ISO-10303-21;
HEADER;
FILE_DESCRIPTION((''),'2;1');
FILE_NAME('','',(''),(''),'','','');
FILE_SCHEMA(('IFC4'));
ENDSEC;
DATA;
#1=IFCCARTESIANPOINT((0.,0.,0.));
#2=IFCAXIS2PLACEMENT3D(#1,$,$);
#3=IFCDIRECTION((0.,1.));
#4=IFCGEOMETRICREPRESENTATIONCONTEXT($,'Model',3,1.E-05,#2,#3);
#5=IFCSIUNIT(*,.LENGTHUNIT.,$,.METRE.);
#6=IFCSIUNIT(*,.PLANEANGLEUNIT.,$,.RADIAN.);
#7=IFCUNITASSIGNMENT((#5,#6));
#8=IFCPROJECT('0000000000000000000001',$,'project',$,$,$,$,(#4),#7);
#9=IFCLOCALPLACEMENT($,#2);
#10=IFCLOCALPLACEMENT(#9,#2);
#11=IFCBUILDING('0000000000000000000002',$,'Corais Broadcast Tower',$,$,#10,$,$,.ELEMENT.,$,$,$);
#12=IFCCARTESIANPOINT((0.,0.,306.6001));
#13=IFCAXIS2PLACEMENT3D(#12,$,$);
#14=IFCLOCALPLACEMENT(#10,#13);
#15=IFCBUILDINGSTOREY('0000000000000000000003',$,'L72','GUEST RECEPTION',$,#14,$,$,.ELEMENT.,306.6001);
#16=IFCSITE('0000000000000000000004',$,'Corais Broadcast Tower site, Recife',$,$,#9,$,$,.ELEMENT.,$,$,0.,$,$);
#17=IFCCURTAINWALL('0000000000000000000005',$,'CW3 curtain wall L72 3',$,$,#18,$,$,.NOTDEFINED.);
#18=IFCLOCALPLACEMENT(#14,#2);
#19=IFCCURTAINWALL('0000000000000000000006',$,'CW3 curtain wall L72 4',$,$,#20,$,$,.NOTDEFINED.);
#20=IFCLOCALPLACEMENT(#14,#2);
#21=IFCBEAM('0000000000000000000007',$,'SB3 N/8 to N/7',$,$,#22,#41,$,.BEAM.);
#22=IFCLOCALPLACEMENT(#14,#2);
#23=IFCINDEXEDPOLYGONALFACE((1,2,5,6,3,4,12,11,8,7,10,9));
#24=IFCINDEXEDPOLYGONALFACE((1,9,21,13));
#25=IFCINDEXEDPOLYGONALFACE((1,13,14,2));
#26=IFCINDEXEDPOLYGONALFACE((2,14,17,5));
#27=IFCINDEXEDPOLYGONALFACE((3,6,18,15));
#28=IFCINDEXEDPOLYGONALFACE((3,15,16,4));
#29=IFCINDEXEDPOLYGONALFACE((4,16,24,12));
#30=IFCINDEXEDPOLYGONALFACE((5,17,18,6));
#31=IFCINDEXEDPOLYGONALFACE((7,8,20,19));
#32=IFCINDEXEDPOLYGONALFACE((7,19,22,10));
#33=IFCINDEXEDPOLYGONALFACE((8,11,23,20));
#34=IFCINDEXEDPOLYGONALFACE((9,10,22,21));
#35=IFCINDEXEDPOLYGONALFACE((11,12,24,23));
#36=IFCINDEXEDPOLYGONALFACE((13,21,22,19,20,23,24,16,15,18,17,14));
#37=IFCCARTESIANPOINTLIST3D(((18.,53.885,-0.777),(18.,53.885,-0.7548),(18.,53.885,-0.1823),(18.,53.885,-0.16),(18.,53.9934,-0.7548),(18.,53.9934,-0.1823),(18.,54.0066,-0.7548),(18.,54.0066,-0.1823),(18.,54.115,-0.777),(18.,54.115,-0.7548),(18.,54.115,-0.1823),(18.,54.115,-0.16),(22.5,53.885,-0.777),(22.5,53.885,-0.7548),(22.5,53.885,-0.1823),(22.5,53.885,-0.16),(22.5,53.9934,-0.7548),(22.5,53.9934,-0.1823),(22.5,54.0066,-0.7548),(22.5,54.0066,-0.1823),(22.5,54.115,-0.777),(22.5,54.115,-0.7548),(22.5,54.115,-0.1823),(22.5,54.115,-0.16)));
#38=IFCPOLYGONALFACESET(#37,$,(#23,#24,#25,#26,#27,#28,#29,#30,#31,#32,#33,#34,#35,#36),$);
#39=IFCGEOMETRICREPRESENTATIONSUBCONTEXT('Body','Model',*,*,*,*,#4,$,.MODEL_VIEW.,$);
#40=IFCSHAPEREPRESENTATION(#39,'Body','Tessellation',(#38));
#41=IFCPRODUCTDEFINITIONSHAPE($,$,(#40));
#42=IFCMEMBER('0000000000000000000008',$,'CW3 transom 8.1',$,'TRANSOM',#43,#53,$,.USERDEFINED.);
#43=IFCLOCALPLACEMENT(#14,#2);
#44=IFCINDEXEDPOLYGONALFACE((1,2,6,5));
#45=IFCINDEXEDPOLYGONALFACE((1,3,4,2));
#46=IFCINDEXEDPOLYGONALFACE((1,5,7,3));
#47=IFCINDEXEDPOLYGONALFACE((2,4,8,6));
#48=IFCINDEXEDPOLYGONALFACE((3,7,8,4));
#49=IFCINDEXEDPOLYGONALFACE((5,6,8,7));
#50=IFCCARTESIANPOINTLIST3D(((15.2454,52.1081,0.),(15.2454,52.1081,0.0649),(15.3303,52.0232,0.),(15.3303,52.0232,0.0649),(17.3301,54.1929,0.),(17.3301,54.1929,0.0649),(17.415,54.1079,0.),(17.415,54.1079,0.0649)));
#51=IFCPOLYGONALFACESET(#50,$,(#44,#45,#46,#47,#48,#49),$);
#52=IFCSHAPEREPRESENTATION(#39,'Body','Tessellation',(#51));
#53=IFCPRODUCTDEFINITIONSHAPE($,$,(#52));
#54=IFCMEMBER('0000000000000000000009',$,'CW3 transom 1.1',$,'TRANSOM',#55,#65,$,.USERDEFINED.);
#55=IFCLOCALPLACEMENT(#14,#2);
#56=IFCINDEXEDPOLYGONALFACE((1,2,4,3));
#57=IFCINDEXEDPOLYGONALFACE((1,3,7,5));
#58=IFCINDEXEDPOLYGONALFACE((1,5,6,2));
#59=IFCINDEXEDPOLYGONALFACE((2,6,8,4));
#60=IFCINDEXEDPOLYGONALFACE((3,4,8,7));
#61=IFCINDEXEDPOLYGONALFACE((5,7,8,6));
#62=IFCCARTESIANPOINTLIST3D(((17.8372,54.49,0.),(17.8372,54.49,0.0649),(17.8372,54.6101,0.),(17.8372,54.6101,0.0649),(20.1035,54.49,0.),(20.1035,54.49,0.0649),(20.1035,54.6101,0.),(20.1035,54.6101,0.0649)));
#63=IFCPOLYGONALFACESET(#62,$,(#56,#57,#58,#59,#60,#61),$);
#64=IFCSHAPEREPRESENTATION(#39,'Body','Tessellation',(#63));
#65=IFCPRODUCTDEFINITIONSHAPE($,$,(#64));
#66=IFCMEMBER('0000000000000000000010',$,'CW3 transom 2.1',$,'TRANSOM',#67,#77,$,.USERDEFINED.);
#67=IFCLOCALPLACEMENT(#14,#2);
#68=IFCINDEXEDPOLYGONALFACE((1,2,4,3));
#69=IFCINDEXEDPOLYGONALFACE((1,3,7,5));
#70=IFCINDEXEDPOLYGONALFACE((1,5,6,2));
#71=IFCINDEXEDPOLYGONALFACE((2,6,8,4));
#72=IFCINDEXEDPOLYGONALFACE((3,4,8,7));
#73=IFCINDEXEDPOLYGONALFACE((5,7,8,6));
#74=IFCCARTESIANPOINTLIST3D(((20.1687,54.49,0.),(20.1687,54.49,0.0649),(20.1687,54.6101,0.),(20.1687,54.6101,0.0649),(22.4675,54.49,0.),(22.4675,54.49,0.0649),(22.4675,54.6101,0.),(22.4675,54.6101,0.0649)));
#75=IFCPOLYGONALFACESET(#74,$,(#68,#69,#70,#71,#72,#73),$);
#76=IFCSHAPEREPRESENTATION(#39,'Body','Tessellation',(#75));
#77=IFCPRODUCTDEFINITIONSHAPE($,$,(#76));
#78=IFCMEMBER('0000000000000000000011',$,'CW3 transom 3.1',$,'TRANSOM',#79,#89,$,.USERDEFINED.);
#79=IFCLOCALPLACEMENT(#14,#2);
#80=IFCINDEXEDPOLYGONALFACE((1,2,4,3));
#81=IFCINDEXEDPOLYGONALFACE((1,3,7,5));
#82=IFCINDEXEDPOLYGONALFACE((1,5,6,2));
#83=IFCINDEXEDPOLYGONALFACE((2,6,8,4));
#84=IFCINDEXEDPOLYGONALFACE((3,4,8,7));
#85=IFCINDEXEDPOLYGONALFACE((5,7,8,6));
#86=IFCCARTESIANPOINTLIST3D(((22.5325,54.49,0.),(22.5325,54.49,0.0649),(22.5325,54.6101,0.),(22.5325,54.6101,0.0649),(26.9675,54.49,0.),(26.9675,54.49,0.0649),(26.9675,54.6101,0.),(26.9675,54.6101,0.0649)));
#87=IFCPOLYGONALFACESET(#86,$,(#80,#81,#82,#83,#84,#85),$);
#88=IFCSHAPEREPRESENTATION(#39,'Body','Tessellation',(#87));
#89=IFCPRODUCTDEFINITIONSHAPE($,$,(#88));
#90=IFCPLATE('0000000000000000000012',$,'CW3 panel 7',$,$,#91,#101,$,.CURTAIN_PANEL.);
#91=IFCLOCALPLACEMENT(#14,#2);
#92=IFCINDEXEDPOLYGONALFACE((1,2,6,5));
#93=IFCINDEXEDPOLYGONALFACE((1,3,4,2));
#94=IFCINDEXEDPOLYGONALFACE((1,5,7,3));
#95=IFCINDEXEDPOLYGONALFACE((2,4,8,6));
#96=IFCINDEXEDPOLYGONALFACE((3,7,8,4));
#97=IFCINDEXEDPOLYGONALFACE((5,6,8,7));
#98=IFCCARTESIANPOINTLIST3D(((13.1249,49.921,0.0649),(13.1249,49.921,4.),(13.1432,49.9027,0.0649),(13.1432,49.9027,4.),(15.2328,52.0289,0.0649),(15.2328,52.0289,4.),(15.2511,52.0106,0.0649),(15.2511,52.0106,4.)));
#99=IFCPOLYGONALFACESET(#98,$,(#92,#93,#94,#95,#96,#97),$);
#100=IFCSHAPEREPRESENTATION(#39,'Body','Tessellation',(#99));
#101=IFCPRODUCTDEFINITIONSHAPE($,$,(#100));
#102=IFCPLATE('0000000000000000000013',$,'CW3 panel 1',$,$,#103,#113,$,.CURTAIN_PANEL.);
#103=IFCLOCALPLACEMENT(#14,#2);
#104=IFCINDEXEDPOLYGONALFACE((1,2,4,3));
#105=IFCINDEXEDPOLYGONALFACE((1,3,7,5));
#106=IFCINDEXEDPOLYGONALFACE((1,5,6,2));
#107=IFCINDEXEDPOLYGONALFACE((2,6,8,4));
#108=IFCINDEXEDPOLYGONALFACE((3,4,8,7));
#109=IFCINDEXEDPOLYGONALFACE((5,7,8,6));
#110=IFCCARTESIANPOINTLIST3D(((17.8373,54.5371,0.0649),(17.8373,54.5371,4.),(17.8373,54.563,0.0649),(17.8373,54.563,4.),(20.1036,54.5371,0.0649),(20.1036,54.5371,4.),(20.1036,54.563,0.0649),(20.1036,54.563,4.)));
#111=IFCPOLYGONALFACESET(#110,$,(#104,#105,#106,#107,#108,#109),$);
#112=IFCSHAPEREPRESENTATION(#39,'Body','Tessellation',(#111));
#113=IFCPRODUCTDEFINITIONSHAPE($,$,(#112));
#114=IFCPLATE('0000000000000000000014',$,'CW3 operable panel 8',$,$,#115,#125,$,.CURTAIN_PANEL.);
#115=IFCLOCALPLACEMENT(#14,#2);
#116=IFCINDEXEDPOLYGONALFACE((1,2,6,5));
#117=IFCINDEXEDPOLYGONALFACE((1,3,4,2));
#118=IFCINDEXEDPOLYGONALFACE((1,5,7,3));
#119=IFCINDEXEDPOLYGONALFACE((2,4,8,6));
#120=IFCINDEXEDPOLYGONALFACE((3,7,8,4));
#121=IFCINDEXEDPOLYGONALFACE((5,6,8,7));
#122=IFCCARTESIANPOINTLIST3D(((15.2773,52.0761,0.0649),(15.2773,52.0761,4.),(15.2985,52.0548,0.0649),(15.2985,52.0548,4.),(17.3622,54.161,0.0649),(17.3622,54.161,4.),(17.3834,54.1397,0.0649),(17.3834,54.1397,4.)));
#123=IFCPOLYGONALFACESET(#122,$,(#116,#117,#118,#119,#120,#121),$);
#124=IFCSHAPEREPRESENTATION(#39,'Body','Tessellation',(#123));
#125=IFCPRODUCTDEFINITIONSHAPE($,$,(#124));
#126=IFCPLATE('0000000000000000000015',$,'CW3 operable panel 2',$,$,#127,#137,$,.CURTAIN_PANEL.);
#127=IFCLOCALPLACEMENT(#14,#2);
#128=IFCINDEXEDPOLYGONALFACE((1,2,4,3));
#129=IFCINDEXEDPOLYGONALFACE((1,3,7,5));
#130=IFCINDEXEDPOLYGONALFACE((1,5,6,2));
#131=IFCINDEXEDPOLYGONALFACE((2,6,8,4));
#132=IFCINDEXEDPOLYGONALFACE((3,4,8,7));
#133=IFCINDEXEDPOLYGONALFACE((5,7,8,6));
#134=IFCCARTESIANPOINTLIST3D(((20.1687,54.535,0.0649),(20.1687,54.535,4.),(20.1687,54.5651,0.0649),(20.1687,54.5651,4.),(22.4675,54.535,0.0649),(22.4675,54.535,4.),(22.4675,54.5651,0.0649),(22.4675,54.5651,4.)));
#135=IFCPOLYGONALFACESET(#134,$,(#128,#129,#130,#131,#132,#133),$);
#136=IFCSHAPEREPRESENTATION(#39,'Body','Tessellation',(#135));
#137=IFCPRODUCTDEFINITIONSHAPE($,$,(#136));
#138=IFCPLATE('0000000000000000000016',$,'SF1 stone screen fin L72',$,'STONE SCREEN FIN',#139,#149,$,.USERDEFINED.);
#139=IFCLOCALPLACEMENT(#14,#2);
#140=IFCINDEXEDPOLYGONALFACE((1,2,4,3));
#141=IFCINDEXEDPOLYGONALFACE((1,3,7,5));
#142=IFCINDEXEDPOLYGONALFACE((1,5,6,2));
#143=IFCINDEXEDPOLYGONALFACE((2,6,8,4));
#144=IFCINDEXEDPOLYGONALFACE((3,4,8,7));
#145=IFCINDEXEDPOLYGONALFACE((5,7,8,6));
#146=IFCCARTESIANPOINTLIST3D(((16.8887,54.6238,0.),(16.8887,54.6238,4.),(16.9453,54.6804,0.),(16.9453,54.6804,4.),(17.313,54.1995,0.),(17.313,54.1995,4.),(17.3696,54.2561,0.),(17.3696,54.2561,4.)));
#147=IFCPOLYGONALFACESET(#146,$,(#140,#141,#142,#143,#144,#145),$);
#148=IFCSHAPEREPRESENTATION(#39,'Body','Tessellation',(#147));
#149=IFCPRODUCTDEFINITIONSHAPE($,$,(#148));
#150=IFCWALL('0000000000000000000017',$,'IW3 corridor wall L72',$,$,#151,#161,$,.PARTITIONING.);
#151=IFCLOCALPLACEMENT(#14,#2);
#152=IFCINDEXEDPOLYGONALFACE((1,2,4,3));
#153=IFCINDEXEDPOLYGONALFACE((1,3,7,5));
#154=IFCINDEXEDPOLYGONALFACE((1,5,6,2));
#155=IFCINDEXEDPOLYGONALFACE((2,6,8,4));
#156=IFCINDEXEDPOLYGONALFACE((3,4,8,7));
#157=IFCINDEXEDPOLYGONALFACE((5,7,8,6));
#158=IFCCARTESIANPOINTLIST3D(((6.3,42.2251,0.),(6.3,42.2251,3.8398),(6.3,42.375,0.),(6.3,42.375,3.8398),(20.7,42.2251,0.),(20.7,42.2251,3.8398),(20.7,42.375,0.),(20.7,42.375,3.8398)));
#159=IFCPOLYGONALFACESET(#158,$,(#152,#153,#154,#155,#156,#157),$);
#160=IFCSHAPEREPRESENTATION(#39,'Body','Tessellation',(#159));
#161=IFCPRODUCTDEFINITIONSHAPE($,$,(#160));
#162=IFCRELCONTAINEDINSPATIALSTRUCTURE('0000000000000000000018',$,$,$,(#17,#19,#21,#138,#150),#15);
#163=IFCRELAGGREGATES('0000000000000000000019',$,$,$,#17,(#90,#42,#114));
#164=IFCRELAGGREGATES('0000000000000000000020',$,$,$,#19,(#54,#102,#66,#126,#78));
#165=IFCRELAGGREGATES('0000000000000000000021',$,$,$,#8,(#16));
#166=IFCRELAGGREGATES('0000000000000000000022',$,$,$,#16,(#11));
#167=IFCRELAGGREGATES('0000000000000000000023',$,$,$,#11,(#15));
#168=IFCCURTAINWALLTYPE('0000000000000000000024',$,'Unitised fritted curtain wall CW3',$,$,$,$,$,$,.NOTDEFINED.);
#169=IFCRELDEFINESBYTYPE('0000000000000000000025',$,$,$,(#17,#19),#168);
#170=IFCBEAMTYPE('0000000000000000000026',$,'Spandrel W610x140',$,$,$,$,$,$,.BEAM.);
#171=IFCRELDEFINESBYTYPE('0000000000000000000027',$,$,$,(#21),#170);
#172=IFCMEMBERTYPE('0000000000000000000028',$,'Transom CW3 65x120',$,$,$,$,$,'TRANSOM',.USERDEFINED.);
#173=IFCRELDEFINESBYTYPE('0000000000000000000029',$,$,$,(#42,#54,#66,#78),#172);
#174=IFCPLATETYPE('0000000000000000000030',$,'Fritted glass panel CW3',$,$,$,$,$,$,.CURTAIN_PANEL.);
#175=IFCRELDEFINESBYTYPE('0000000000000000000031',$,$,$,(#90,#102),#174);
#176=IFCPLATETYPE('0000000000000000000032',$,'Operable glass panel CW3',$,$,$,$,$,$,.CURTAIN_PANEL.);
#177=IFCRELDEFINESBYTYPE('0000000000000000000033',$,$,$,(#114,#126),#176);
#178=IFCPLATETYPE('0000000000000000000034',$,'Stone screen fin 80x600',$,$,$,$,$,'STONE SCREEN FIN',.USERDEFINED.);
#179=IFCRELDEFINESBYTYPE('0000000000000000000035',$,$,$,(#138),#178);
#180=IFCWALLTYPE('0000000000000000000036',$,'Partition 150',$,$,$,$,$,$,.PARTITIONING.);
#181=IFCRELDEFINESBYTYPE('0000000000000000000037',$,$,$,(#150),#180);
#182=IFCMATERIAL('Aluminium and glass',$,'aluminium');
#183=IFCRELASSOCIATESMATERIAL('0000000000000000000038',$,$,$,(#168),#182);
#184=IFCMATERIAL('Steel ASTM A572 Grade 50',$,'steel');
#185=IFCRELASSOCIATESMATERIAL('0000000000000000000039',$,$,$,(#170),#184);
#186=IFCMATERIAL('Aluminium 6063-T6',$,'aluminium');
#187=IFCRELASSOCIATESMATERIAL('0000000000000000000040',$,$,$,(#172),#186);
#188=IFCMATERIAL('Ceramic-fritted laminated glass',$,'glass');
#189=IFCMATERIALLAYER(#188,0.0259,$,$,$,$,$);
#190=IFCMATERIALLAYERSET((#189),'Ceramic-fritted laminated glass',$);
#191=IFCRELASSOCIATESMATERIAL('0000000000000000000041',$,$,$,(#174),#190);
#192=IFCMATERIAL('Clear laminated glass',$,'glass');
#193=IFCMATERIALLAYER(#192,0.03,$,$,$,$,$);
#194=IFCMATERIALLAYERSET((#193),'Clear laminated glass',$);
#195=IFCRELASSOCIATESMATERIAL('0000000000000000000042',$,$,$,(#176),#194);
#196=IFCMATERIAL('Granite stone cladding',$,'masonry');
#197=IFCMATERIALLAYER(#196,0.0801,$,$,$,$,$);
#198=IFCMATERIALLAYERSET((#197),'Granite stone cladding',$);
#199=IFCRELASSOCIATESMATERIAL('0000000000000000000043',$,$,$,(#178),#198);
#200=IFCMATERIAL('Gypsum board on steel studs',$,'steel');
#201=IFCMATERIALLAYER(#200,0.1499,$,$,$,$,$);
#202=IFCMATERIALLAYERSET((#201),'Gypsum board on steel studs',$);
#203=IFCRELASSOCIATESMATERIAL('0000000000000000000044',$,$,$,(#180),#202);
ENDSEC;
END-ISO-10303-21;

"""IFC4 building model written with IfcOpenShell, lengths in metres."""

from ifc_helpers import new_model, si_unit, direction, frame, frame_2d, origin, origin_2d, place, context, subcontext, project, spatial, rectangle, i_section, extrude, material, layer, layer_set, material_profile, profile_set, type_object, element, aggregate, save


model = new_model("IFC4")

# Units and contexts
model_context = context("Model", 3, precision=1e-05, world=origin(), true_north=direction((0.0, 1.0)))
body_context = subcontext(model_context, "Body", "Model", "MODEL_VIEW")
ifc_project = project(units=[si_unit("LENGTHUNIT", "METRE"), si_unit("PLANEANGLEUNIT", "RADIAN")], contexts=[model_context])

# Site, building, storey
site_placement = place(None, origin())
site = spatial("IfcSite", under=ifc_project, at=site_placement, Name="Corais Broadcast Tower site, Recife", CompositionType="ELEMENT", RefElevation=0.0)
building_placement = place(site_placement, origin())
building = spatial("IfcBuilding", under=site, at=building_placement, Name="Corais Broadcast Tower", CompositionType="ELEMENT")
storey_placement = place(building_placement, frame((0.0, 0.0, 306.6001)))
storey = spatial("IfcBuildingStorey", under=building, at=storey_placement, Name="L72", Description="GUEST RECEPTION", CompositionType="ELEMENT", Elevation=306.6001)

# Curtain walls
ifc_material_1 = material(Name="Aluminium and glass", Category="aluminium")
curtain_wall_type = type_object("IfcCurtainWallType", Name="Unitised fritted curtain wall CW3", PredefinedType="NOTDEFINED", material=ifc_material_1)
curtain_wall_1_placement = place(storey_placement, origin())
curtain_wall_1 = element("IfcCurtainWall", 1, at=curtain_wall_1_placement, inside=storey, type_object=curtain_wall_type, Name="CW3 curtain wall L72 3", PredefinedType="NOTDEFINED")
curtain_wall_2_placement = place(storey_placement, origin())
curtain_wall_2 = element("IfcCurtainWall", 2, at=curtain_wall_2_placement, inside=storey, type_object=curtain_wall_type, Name="CW3 curtain wall L72 4", PredefinedType="NOTDEFINED")

# Beam
ifc_material_2 = material(Name="Steel ASTM A572 Grade 50", Category="steel")
ifc_material_profile_1 = material_profile(ifc_material_2, i_section(OverallWidth=0.23, OverallDepth=0.6169, WebThickness=0.0132, FlangeThickness=0.0222, at=origin_2d()), Name="W610x140")
ifc_profile_set_1 = profile_set([ifc_material_profile_1], Name="Steel ASTM A572 Grade 50")
beam_type_1 = type_object("IfcBeamType", Name="Spandrel W610x140", PredefinedType="BEAM", material=ifc_profile_set_1)
beam_placement = place(storey_placement, frame((22.5, 54.0, -0.4685), z_axis=(-1.0, 0.0, 0.0), x_axis=(0.0, -1.0, 0.0)))
element("IfcBeam", 3, at=beam_placement, inside=storey, type_object=beam_type_1, Name="SB3 N/8 to N/7", PredefinedType="BEAM", context=body_context, shape_type="SweptSolid", body=[
    extrude(i_section(OverallWidth=0.23, OverallDepth=0.6169, WebThickness=0.0132, FlangeThickness=0.0222, at=origin_2d()), origin(), (0.0, 0.0, 1.0), 4.5),
])

# Members
ifc_material_3 = material(Name="Aluminium 6063-T6", Category="aluminium")
ifc_material_profile_2 = material_profile(ifc_material_3, rectangle(XDim=0.1201, YDim=0.0649, at=origin_2d()), Name="Transom CW3 65x120")
ifc_profile_set_2 = profile_set([ifc_material_profile_2], Name="Aluminium 6063-T6")
member_type_1 = type_object("IfcMemberType", Name="Transom CW3 65x120", ElementType="TRANSOM", PredefinedType="USERDEFINED", material=ifc_profile_set_2)
member_1_placement = place(storey_placement, frame((15.2878, 52.0657, 0.0325), z_axis=(0.707107, 0.707107, 0.0), x_axis=(-0.707107, 0.707107, 0.0)))
member_1 = element("IfcMember", 4, at=member_1_placement, type_object=member_type_1, Name="CW3 transom 8.1", ObjectType="TRANSOM", PredefinedType="USERDEFINED", context=body_context, shape_type="SweptSolid", body=[
    extrude(rectangle(XDim=0.1201, YDim=0.0649, at=origin_2d()), origin(), (0.0, 0.0, 1.0), 2.9482),
])
member_2_placement = place(storey_placement, frame((17.8372, 54.55, 0.0325), z_axis=(1.0, 0.0, 0.0), x_axis=(0.0, 1.0, 0.0)))
member_2 = element("IfcMember", 5, at=member_2_placement, type_object=member_type_1, Name="CW3 transom 1.1", ObjectType="TRANSOM", PredefinedType="USERDEFINED", context=body_context, shape_type="SweptSolid", body=[
    extrude(rectangle(XDim=0.1201, YDim=0.0649, at=origin_2d()), origin(), (0.0, 0.0, 1.0), 2.2664),
])
member_3_placement = place(storey_placement, frame((20.1687, 54.55, 0.0325), z_axis=(1.0, 0.0, 0.0), x_axis=(0.0, 1.0, 0.0)))
member_3 = element("IfcMember", 6, at=member_3_placement, type_object=member_type_1, Name="CW3 transom 2.1", ObjectType="TRANSOM", PredefinedType="USERDEFINED", context=body_context, shape_type="SweptSolid", body=[
    extrude(rectangle(XDim=0.1201, YDim=0.0649, at=origin_2d()), origin(), (0.0, 0.0, 1.0), 2.2988),
])
member_4_placement = place(storey_placement, frame((22.5325, 54.55, 0.0325), z_axis=(1.0, 0.0, 0.0), x_axis=(0.0, 1.0, 0.0)))
member_4 = element("IfcMember", 7, at=member_4_placement, type_object=member_type_1, Name="CW3 transom 3.1", ObjectType="TRANSOM", PredefinedType="USERDEFINED", context=body_context, shape_type="SweptSolid", body=[
    extrude(rectangle(XDim=0.1201, YDim=0.0649, at=origin_2d()), origin(), (0.0, 0.0, 1.0), 4.4351),
])

# Plates
ifc_material_4 = material(Name="Ceramic-fritted laminated glass", Category="glass")
ifc_layer_1 = layer(ifc_material_4, 0.0259)
ifc_layer_set_1 = layer_set([ifc_layer_1], Name="Ceramic-fritted laminated glass")
plate_type_1 = type_object("IfcPlateType", Name="Fritted glass panel CW3", PredefinedType="CURTAIN_PANEL", material=ifc_layer_set_1)
plate_1_placement = place(storey_placement, frame((14.188, 50.9658, 0.0649), z_axis=(0.0, 0.0, 1.0), x_axis=(0.707107, 0.707107, 0.0)))
plate_1 = element("IfcPlate", 8, at=plate_1_placement, type_object=plate_type_1, Name="CW3 panel 7", PredefinedType="CURTAIN_PANEL", context=body_context, shape_type="SweptSolid", body=[
    extrude(rectangle(XDim=2.981, YDim=0.0259, at=origin_2d()), origin(), (0.0, 0.0, 1.0), 3.9351),
])
plate_2_placement = place(storey_placement, frame((18.9705, 54.55, 0.0649), z_axis=(0.0, 0.0, 1.0), x_axis=(1.0, 0.0, 0.0)))
plate_2 = element("IfcPlate", 9, at=plate_2_placement, type_object=plate_type_1, Name="CW3 panel 1", PredefinedType="CURTAIN_PANEL", context=body_context, shape_type="SweptSolid", body=[
    extrude(rectangle(XDim=2.2664, YDim=0.0259, at=origin_2d()), origin(), (0.0, 0.0, 1.0), 3.9351),
])
ifc_material_5 = material(Name="Clear laminated glass", Category="glass")
ifc_layer_2 = layer(ifc_material_5, 0.03)
ifc_layer_set_2 = layer_set([ifc_layer_2], Name="Clear laminated glass")
plate_type_2 = type_object("IfcPlateType", Name="Operable glass panel CW3", PredefinedType="CURTAIN_PANEL", material=ifc_layer_set_2)
plate_3_placement = place(storey_placement, frame((16.3303, 53.1079, 0.0649), z_axis=(0.0, 0.0, 1.0), x_axis=(0.707107, 0.707107, 0.0)))
plate_3 = element("IfcPlate", 10, at=plate_3_placement, type_object=plate_type_2, Name="CW3 operable panel 8", PredefinedType="CURTAIN_PANEL", context=body_context, shape_type="SweptSolid", body=[
    extrude(rectangle(XDim=2.9485, YDim=0.03, at=origin_2d()), origin(), (0.0, 0.0, 1.0), 3.9351),
])
aggregate(curtain_wall_1, [plate_1, member_1, plate_3])
plate_4_placement = place(storey_placement, frame((21.3181, 54.55, 0.0649), z_axis=(0.0, 0.0, 1.0), x_axis=(1.0, 0.0, 0.0)))
plate_4 = element("IfcPlate", 11, at=plate_4_placement, type_object=plate_type_2, Name="CW3 operable panel 2", PredefinedType="CURTAIN_PANEL", context=body_context, shape_type="SweptSolid", body=[
    extrude(rectangle(XDim=2.2988, YDim=0.03, at=origin_2d()), origin(), (0.0, 0.0, 1.0), 3.9351),
])
aggregate(curtain_wall_2, [member_2, plate_2, member_3, plate_4, member_4])
ifc_material_6 = material(Name="Granite stone cladding", Category="masonry")
ifc_layer_3 = layer(ifc_material_6, 0.0801)
ifc_layer_set_3 = layer_set([ifc_layer_3], Name="Granite stone cladding")
plate_type_3 = type_object("IfcPlateType", Name="Stone screen fin 80x600", ElementType="STONE SCREEN FIN", PredefinedType="USERDEFINED", material=ifc_layer_set_3)
plate_5_placement = place(storey_placement, frame((17.1292, 54.4399, 0.0), z_axis=(0.0, 0.0, 1.0), x_axis=(0.707107, 0.707107, 0.0)))
element("IfcPlate", 12, at=plate_5_placement, inside=storey, type_object=plate_type_3, Name="SF1 stone screen fin L72", ObjectType="STONE SCREEN FIN", PredefinedType="USERDEFINED", context=body_context, shape_type="SweptSolid", body=[
    extrude(rectangle(XDim=0.0801, YDim=0.6001, at=origin_2d()), origin(), (0.0, 0.0, 1.0), 4.0),
])

# Wall
ifc_material_7 = material(Name="Gypsum board on steel studs", Category="steel")
ifc_layer_4 = layer(ifc_material_7, 0.1499)
ifc_layer_set_4 = layer_set([ifc_layer_4], Name="Gypsum board on steel studs")
wall_type = type_object("IfcWallType", Name="Partition 150", PredefinedType="PARTITIONING", material=ifc_layer_set_4)
wall_1_placement = place(storey_placement, frame((20.7, 42.3, 0.0), z_axis=(0.0, 0.0, 1.0), x_axis=(-1.0, 0.0, 0.0)))
element("IfcWall", 13, at=wall_1_placement, inside=storey, type_object=wall_type, Name="IW3 corridor wall L72", PredefinedType="PARTITIONING", context=body_context, shape_type="SweptSolid", body=[
    extrude(rectangle(XDim=14.3999, YDim=0.1499, at=frame_2d((7.2, 0.0))), origin(), (0.0, 0.0, 1.0), 3.8398),
])

save(model, "model.ifc")
